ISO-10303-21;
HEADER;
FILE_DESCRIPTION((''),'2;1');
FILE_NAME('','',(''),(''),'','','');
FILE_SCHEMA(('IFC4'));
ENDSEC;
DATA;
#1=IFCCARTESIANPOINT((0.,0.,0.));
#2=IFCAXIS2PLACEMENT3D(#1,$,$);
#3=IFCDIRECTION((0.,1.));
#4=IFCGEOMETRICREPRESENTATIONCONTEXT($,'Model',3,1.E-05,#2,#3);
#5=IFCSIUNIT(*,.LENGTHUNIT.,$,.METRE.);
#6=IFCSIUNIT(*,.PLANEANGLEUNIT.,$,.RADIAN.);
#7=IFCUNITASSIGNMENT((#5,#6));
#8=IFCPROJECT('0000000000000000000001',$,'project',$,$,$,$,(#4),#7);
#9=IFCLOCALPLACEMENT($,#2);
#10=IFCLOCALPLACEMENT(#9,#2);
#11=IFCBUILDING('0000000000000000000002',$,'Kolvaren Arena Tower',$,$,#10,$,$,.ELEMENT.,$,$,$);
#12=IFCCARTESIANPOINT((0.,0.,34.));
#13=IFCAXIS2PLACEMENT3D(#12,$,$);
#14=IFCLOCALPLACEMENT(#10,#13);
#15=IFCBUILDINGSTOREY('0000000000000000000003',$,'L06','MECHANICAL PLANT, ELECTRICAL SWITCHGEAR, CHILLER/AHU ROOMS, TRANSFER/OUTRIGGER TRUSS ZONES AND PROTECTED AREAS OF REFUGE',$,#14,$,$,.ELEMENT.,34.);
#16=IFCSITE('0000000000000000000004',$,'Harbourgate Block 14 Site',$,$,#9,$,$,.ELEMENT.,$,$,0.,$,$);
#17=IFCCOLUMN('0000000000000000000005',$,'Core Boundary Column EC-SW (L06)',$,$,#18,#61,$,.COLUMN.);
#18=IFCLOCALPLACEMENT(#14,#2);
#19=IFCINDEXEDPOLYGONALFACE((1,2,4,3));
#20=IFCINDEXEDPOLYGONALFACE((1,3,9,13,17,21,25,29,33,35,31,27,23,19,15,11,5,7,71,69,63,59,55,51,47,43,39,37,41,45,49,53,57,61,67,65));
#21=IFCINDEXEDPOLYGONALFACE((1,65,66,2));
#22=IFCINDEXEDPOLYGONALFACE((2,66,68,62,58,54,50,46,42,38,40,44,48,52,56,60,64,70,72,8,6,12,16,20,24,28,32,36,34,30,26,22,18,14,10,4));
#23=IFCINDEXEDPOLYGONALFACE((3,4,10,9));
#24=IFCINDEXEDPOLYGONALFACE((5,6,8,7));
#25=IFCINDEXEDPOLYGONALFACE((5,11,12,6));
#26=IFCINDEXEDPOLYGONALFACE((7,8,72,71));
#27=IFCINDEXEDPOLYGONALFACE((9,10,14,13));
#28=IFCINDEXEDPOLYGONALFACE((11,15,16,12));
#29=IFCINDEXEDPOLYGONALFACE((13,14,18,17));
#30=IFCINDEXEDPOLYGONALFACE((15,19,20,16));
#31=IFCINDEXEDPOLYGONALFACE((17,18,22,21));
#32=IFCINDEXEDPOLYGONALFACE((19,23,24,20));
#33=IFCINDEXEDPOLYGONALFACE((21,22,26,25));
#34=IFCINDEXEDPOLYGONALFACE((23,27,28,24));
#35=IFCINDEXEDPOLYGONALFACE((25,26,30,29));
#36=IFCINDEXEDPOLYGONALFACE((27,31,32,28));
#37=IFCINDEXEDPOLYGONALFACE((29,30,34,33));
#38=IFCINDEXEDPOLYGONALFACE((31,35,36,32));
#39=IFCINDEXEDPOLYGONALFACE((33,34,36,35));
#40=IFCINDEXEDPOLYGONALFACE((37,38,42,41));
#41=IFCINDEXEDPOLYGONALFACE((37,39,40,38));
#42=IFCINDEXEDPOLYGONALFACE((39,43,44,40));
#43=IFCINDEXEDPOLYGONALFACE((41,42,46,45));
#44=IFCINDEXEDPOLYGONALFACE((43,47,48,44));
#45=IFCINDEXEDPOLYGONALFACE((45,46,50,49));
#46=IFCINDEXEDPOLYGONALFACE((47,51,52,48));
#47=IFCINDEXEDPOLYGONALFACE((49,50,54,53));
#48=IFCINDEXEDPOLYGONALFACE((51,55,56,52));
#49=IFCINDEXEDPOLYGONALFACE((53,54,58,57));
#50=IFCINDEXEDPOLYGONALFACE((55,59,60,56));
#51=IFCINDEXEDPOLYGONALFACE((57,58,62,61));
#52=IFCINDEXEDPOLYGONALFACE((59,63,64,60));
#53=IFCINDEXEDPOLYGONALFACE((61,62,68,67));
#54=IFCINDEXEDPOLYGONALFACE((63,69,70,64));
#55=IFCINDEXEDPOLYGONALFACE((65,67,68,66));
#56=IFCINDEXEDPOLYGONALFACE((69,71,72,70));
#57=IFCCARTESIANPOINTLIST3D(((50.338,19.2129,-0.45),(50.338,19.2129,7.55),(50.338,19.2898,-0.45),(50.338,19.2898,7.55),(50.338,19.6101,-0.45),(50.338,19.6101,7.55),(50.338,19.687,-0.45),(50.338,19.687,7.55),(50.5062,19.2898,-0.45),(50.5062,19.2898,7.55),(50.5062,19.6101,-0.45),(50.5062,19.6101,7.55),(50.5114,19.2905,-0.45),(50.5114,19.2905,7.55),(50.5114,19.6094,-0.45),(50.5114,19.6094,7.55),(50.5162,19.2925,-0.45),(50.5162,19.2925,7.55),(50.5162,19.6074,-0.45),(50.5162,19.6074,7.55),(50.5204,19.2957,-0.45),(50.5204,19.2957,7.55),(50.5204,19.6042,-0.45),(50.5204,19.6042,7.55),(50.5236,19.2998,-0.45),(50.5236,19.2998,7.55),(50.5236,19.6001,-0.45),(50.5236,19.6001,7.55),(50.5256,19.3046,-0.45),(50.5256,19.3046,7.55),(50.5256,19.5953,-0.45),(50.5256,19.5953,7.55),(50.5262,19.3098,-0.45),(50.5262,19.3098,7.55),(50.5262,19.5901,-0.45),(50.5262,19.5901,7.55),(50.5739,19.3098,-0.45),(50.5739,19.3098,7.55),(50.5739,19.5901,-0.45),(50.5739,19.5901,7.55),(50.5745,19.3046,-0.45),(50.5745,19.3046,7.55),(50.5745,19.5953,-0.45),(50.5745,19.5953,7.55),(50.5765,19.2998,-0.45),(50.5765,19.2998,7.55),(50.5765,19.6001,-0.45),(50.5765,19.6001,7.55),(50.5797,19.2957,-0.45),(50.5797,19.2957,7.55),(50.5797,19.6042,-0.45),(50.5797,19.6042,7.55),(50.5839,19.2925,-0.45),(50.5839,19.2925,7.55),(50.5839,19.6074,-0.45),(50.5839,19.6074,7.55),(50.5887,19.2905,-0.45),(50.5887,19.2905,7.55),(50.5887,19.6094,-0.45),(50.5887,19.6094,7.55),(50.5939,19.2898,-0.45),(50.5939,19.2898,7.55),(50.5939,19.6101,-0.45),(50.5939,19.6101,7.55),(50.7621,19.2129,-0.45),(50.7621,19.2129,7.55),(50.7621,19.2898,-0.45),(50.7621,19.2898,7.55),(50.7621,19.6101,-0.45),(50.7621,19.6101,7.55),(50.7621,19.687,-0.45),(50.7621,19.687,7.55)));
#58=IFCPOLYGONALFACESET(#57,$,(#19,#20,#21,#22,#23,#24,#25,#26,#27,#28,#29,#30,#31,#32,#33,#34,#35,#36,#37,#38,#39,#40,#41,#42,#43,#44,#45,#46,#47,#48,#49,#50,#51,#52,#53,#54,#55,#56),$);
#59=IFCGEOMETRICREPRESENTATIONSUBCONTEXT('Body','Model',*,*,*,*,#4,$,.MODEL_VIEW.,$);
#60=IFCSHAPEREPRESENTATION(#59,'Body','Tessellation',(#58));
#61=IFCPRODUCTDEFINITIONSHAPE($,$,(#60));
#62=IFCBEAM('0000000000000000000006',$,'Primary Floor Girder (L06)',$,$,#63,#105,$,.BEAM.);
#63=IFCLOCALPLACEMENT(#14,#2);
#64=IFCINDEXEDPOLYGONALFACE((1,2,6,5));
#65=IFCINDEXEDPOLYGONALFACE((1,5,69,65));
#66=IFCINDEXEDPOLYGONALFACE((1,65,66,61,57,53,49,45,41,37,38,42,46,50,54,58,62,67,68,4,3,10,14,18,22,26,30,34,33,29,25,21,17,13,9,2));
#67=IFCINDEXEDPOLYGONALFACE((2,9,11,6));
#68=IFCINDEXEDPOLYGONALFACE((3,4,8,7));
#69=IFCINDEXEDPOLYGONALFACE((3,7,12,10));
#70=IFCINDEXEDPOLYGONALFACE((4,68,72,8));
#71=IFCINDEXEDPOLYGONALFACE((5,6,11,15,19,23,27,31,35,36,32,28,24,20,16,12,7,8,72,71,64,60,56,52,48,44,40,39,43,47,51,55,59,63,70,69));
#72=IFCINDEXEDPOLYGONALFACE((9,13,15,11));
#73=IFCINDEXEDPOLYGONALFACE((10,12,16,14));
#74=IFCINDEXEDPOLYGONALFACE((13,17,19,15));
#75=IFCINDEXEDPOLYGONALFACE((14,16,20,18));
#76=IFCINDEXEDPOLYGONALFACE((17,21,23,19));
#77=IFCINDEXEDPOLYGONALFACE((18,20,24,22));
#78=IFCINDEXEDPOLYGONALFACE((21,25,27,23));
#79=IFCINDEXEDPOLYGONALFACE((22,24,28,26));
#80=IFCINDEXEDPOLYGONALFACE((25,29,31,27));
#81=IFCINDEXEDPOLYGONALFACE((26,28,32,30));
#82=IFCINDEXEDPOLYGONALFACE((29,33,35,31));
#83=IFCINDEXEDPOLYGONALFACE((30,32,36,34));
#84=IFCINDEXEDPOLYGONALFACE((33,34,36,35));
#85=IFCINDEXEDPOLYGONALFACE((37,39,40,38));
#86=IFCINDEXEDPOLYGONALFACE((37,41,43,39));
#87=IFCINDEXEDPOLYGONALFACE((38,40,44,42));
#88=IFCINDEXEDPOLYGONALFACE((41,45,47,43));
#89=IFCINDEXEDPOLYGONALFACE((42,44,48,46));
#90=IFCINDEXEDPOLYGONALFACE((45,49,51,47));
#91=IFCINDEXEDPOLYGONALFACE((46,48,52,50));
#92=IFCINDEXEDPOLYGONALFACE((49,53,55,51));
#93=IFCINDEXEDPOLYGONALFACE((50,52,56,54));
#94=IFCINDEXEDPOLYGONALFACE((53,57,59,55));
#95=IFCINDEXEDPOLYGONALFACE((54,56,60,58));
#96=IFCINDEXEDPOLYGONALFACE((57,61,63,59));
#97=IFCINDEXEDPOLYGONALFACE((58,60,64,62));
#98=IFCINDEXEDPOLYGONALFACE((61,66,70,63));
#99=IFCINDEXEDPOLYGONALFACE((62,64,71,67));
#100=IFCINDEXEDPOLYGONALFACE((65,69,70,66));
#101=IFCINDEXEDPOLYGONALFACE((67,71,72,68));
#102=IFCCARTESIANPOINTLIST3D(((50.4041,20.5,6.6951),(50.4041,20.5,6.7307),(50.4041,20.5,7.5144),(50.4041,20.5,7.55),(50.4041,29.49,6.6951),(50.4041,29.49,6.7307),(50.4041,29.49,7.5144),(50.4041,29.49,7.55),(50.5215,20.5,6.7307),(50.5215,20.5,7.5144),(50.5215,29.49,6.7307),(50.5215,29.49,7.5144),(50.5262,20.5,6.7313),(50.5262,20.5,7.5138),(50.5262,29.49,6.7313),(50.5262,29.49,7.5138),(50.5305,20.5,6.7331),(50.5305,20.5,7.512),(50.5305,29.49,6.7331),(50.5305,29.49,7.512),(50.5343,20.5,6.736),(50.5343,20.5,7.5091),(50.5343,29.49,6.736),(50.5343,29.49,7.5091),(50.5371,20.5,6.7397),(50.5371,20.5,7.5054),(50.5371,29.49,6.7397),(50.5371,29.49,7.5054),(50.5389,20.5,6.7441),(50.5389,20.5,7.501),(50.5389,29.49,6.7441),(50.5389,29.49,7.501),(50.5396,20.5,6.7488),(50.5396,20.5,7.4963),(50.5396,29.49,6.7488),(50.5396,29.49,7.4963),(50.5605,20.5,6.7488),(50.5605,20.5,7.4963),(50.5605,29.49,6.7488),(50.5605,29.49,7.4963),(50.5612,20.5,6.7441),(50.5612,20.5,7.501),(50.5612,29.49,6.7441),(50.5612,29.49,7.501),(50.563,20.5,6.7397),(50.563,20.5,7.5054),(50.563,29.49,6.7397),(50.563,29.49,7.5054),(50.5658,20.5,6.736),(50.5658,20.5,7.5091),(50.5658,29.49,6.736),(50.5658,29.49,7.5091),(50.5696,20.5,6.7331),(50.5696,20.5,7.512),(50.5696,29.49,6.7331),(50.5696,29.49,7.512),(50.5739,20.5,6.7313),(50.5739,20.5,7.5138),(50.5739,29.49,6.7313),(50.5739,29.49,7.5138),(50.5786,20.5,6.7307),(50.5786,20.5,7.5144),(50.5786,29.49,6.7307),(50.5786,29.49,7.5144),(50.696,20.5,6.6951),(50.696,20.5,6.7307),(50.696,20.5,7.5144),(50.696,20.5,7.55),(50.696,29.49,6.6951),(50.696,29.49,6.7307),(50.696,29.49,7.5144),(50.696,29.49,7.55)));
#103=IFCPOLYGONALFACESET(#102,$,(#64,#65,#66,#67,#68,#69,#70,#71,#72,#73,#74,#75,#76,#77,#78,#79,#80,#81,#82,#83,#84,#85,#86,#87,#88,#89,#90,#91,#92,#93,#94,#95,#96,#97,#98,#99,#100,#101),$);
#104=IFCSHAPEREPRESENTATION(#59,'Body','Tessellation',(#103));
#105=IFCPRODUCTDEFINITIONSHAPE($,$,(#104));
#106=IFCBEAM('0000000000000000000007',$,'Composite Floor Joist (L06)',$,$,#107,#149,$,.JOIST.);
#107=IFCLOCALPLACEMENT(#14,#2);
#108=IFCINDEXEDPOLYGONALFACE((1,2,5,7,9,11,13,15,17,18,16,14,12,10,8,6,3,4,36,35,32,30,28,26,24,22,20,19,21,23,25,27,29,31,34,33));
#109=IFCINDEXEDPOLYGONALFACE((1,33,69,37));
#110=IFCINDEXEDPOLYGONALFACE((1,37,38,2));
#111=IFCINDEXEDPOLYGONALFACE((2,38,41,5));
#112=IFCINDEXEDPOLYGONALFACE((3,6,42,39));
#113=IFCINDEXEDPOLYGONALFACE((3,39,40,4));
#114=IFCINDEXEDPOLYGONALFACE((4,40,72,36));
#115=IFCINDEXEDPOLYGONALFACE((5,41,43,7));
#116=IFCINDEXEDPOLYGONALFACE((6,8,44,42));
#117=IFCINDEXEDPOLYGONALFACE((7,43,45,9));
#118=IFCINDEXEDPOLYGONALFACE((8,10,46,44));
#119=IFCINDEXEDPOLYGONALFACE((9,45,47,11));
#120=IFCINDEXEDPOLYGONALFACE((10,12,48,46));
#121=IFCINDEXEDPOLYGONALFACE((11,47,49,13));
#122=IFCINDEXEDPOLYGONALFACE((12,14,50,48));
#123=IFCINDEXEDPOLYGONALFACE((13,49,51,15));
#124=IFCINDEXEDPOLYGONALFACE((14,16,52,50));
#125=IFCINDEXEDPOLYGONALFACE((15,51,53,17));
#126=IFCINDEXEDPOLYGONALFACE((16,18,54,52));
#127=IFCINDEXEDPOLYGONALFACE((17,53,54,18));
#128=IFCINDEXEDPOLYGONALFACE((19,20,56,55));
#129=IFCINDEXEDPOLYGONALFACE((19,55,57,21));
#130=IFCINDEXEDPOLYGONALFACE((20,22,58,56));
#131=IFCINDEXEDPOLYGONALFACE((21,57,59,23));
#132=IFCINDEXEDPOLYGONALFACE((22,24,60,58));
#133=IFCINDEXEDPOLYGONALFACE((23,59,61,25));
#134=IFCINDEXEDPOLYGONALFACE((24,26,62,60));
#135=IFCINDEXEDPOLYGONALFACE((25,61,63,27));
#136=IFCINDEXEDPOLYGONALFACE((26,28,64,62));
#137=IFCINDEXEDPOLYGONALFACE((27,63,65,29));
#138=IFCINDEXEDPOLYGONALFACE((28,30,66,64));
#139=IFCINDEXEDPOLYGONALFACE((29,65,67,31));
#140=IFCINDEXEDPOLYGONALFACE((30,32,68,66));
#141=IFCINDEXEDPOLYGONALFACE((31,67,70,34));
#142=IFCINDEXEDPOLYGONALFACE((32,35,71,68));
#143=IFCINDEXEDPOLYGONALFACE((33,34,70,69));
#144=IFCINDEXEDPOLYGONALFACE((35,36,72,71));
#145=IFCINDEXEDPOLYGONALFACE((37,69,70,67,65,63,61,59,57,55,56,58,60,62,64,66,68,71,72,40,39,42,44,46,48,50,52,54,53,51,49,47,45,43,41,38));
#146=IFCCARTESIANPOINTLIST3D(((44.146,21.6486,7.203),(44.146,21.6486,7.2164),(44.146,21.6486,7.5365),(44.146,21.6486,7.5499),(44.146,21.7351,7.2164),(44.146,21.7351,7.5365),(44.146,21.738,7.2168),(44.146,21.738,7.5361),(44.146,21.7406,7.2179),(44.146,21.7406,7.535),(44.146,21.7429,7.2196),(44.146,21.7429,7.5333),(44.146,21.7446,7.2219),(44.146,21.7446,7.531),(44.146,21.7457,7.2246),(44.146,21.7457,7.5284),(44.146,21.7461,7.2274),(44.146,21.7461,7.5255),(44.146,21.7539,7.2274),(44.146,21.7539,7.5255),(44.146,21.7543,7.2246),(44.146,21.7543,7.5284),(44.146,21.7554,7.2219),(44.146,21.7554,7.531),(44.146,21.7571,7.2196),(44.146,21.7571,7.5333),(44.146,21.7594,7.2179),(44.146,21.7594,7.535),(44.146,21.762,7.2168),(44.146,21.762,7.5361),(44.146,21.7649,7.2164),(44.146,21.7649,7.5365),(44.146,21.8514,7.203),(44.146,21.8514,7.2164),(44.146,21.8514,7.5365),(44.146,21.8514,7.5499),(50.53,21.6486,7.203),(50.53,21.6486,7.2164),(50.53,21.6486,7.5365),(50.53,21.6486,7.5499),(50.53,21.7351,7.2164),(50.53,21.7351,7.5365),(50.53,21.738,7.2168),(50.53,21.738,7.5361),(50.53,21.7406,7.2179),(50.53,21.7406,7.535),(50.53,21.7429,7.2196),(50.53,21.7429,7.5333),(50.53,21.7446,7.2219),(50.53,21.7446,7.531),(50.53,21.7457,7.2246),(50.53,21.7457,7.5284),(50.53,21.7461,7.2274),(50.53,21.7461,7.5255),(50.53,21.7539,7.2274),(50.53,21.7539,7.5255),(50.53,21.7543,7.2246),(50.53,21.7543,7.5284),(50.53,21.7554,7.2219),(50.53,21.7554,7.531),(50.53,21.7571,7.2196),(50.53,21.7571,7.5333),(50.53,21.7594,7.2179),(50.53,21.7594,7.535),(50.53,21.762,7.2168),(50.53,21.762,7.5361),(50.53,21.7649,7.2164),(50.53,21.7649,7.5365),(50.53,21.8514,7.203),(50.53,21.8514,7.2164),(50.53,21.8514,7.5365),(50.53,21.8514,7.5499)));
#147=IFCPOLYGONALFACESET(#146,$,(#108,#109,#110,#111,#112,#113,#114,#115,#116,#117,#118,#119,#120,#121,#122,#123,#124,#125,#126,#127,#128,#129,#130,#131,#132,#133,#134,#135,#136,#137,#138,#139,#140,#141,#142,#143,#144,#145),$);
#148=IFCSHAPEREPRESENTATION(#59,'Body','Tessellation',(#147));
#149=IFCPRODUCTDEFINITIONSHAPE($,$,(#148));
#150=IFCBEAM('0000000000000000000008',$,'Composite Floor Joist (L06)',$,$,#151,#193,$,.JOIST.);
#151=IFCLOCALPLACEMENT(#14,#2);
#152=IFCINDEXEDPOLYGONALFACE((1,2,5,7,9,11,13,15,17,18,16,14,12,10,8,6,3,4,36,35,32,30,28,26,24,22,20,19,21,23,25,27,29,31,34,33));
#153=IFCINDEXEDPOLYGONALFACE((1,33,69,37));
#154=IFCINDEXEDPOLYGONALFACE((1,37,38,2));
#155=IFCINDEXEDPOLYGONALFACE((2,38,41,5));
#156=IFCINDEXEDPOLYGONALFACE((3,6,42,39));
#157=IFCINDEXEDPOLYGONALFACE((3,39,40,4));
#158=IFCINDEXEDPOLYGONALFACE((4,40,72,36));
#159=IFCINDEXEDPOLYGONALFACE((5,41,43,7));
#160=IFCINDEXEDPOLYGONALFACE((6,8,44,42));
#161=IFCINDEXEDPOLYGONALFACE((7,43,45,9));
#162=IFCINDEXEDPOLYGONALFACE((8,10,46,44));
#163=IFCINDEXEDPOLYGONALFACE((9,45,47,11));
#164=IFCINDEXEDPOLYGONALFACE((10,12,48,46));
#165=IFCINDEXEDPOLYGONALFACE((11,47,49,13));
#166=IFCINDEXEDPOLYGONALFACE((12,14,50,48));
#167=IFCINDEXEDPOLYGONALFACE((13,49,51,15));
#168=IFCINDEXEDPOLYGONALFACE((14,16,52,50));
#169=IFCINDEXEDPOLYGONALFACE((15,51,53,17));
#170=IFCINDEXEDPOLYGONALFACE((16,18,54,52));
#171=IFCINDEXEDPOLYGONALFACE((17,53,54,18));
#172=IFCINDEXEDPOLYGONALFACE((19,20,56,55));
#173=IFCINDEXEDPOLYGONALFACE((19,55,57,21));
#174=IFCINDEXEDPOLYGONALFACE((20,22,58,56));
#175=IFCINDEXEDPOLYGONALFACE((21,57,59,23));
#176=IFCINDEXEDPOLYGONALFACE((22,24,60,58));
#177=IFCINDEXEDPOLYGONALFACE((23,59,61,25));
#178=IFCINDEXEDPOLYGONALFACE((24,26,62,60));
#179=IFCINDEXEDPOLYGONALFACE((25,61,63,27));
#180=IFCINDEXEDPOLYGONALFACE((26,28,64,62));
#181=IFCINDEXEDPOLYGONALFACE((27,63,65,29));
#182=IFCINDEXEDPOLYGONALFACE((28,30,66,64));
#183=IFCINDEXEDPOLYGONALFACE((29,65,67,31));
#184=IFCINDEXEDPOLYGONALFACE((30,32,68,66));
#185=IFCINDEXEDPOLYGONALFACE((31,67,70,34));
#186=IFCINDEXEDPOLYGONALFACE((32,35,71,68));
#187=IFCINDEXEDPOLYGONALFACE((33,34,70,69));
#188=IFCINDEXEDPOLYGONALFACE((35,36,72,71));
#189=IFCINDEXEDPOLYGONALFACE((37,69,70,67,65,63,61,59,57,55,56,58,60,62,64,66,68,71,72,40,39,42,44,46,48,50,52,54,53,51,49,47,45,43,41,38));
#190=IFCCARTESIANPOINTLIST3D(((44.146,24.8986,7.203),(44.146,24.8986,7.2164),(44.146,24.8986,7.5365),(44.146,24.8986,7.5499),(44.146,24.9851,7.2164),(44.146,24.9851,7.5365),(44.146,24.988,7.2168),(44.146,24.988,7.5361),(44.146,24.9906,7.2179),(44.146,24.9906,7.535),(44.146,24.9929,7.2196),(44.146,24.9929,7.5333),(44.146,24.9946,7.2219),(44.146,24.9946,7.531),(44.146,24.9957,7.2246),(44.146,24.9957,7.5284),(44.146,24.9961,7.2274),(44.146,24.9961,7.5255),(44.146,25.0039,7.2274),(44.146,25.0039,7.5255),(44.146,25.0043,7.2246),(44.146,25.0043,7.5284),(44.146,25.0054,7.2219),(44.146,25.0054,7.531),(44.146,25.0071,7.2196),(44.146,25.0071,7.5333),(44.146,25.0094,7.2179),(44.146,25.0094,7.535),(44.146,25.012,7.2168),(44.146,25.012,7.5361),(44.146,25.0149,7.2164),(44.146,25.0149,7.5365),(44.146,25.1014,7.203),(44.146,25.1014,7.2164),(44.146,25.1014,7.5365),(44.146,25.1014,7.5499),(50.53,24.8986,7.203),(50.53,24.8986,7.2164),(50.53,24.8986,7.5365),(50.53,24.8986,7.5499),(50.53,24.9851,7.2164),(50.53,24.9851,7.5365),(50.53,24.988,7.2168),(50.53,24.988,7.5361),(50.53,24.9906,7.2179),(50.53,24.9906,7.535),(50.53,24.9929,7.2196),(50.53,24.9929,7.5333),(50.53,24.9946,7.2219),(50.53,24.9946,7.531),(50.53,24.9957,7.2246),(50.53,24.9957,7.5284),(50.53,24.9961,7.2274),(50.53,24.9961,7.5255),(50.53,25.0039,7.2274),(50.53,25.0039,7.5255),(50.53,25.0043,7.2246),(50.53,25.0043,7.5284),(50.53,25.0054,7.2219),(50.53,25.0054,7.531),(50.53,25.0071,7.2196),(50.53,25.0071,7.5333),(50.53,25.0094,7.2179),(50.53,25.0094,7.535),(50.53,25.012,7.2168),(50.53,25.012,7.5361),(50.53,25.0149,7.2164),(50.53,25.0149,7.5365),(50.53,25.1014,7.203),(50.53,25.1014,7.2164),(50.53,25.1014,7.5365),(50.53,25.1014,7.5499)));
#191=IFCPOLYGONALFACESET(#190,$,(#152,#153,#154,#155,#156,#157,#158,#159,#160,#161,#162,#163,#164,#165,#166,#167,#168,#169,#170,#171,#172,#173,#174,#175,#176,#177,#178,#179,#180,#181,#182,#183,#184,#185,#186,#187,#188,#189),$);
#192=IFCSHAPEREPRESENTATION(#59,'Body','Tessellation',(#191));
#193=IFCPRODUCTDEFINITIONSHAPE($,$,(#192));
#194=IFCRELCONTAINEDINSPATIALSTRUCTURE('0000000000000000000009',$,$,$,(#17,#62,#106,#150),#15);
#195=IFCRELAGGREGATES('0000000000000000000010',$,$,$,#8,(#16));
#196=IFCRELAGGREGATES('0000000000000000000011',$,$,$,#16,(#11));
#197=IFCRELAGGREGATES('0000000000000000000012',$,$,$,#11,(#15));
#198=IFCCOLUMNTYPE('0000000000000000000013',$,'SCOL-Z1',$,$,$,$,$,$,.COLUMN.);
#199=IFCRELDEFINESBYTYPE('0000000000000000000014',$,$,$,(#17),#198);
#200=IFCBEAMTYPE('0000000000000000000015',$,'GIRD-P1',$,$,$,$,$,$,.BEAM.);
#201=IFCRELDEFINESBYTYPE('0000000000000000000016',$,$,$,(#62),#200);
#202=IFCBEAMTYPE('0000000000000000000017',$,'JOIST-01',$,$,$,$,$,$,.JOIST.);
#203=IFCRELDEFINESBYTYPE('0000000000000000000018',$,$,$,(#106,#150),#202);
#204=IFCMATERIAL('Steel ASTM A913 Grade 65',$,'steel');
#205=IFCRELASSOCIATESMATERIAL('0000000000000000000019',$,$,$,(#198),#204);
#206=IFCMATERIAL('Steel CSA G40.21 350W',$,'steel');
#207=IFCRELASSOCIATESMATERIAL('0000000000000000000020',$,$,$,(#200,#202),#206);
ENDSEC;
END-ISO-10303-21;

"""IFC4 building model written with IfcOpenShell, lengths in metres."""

from ifc_helpers import new_model, si_unit, direction, frame, origin, origin_2d, place, context, subcontext, project, spatial, i_section, extrude, material, material_profile, profile_set, type_object, element, save


model = new_model("IFC4")

# Units and contexts
model_context = context("Model", 3, precision=1e-05, world=origin(), true_north=direction((0.0, 1.0)))
body_context = subcontext(model_context, "Body", "Model", "MODEL_VIEW")
ifc_project = project(units=[si_unit("LENGTHUNIT", "METRE"), si_unit("PLANEANGLEUNIT", "RADIAN")], contexts=[model_context])

# Site, building, storey
site_placement = place(None, origin())
site = spatial("IfcSite", under=ifc_project, at=site_placement, Name="Harbourgate Block 14 Site", CompositionType="ELEMENT", RefElevation=0.0)
building_placement = place(site_placement, origin())
building = spatial("IfcBuilding", under=site, at=building_placement, Name="Kolvaren Arena Tower", CompositionType="ELEMENT")
storey_placement = place(building_placement, frame((0.0, 0.0, 34.0)))
storey = spatial("IfcBuildingStorey", under=building, at=storey_placement, Name="L06", Description="MECHANICAL PLANT, ELECTRICAL SWITCHGEAR, CHILLER/AHU ROOMS, TRANSFER/OUTRIGGER TRUSS ZONES AND PROTECTED AREAS OF REFUGE", CompositionType="ELEMENT", Elevation=34.0)

# Column
ifc_material_1 = material(Name="Steel ASTM A913 Grade 65", Category="steel")
ifc_material_profile_1 = material_profile(ifc_material_1, i_section(OverallWidth=0.4241, OverallDepth=0.4741, WebThickness=0.0476, FlangeThickness=0.0769, FilletRadius=0.02, at=origin_2d()), Name="W360x634")
ifc_profile_set_1 = profile_set([ifc_material_profile_1], Name="Steel ASTM A913 Grade 65")
column_type = type_object("IfcColumnType", Name="SCOL-Z1", PredefinedType="COLUMN", material=ifc_profile_set_1)
column_placement = place(storey_placement, frame((50.55, 19.45, -0.45), z_axis=(0.0, 0.0, 1.0), x_axis=(1.0, 0.0, 0.0)))
element("IfcColumn", 1, at=column_placement, inside=storey, type_object=column_type, Name="Core Boundary Column EC-SW (L06)", PredefinedType="COLUMN", context=body_context, shape_type="SweptSolid", body=[
    extrude(i_section(OverallWidth=0.4241, OverallDepth=0.4741, WebThickness=0.0476, FlangeThickness=0.0769, FilletRadius=0.02, at=origin_2d()), origin(), (0.0, 0.0, 1.0), 8.0),
])

# Beams
ifc_material_2 = material(Name="Steel CSA G40.21 350W", Category="steel")
ifc_material_profile_2 = material_profile(ifc_material_2, i_section(OverallWidth=0.292, OverallDepth=0.855, WebThickness=0.021, FlangeThickness=0.0356, FilletRadius=0.0181, at=origin_2d()), Name="W840x299")
ifc_profile_set_2 = profile_set([ifc_material_profile_2], Name="Steel CSA G40.21 350W")
beam_type_1 = type_object("IfcBeamType", Name="GIRD-P1", PredefinedType="BEAM", material=ifc_profile_set_2)
beam_1_placement = place(storey_placement, frame((50.55, 20.5, 7.1226), z_axis=(0.0, 1.0, 0.0), x_axis=(-1.0, 0.0, 0.0)))
element("IfcBeam", 2, at=beam_1_placement, inside=storey, type_object=beam_type_1, Name="Primary Floor Girder (L06)", PredefinedType="BEAM", context=body_context, shape_type="SweptSolid", body=[
    extrude(i_section(OverallWidth=0.292, OverallDepth=0.855, WebThickness=0.021, FlangeThickness=0.0356, FilletRadius=0.0181, at=origin_2d()), origin(), (0.0, 0.0, 1.0), 8.99),
])
ifc_material_profile_3 = material_profile(ifc_material_2, i_section(OverallWidth=0.2029, OverallDepth=0.3469, WebThickness=0.0078, FlangeThickness=0.0134, FilletRadius=0.011, at=origin_2d()), Name="W360x64")
ifc_profile_set_3 = profile_set([ifc_material_profile_3], Name="Steel CSA G40.21 350W")
beam_type_2 = type_object("IfcBeamType", Name="JOIST-01", PredefinedType="JOIST", material=ifc_profile_set_3)
for number, where, z_axis, x_axis, name in (
    (3, (44.146, 21.75, 7.3765), (1.0, 0.0, 0.0), (0.0, 1.0, 0.0), "Composite Floor Joist (L06)"),
    (4, (44.146, 25.0, 7.3765), (1.0, 0.0, 0.0), (0.0, 1.0, 0.0), "Composite Floor Joist (L06)"),
):
    element("IfcBeam", number, at=place(storey_placement, frame(where, z_axis=z_axis, x_axis=x_axis)), inside=storey, type_object=beam_type_2, Name=name, PredefinedType="JOIST", context=body_context, shape_type="SweptSolid", body=[
        extrude(i_section(OverallWidth=0.2029, OverallDepth=0.3469, WebThickness=0.0078, FlangeThickness=0.0134, FilletRadius=0.011, at=origin_2d()), origin(), (0.0, 0.0, 1.0), 6.384),
    ])

save(model, "model.ifc")
